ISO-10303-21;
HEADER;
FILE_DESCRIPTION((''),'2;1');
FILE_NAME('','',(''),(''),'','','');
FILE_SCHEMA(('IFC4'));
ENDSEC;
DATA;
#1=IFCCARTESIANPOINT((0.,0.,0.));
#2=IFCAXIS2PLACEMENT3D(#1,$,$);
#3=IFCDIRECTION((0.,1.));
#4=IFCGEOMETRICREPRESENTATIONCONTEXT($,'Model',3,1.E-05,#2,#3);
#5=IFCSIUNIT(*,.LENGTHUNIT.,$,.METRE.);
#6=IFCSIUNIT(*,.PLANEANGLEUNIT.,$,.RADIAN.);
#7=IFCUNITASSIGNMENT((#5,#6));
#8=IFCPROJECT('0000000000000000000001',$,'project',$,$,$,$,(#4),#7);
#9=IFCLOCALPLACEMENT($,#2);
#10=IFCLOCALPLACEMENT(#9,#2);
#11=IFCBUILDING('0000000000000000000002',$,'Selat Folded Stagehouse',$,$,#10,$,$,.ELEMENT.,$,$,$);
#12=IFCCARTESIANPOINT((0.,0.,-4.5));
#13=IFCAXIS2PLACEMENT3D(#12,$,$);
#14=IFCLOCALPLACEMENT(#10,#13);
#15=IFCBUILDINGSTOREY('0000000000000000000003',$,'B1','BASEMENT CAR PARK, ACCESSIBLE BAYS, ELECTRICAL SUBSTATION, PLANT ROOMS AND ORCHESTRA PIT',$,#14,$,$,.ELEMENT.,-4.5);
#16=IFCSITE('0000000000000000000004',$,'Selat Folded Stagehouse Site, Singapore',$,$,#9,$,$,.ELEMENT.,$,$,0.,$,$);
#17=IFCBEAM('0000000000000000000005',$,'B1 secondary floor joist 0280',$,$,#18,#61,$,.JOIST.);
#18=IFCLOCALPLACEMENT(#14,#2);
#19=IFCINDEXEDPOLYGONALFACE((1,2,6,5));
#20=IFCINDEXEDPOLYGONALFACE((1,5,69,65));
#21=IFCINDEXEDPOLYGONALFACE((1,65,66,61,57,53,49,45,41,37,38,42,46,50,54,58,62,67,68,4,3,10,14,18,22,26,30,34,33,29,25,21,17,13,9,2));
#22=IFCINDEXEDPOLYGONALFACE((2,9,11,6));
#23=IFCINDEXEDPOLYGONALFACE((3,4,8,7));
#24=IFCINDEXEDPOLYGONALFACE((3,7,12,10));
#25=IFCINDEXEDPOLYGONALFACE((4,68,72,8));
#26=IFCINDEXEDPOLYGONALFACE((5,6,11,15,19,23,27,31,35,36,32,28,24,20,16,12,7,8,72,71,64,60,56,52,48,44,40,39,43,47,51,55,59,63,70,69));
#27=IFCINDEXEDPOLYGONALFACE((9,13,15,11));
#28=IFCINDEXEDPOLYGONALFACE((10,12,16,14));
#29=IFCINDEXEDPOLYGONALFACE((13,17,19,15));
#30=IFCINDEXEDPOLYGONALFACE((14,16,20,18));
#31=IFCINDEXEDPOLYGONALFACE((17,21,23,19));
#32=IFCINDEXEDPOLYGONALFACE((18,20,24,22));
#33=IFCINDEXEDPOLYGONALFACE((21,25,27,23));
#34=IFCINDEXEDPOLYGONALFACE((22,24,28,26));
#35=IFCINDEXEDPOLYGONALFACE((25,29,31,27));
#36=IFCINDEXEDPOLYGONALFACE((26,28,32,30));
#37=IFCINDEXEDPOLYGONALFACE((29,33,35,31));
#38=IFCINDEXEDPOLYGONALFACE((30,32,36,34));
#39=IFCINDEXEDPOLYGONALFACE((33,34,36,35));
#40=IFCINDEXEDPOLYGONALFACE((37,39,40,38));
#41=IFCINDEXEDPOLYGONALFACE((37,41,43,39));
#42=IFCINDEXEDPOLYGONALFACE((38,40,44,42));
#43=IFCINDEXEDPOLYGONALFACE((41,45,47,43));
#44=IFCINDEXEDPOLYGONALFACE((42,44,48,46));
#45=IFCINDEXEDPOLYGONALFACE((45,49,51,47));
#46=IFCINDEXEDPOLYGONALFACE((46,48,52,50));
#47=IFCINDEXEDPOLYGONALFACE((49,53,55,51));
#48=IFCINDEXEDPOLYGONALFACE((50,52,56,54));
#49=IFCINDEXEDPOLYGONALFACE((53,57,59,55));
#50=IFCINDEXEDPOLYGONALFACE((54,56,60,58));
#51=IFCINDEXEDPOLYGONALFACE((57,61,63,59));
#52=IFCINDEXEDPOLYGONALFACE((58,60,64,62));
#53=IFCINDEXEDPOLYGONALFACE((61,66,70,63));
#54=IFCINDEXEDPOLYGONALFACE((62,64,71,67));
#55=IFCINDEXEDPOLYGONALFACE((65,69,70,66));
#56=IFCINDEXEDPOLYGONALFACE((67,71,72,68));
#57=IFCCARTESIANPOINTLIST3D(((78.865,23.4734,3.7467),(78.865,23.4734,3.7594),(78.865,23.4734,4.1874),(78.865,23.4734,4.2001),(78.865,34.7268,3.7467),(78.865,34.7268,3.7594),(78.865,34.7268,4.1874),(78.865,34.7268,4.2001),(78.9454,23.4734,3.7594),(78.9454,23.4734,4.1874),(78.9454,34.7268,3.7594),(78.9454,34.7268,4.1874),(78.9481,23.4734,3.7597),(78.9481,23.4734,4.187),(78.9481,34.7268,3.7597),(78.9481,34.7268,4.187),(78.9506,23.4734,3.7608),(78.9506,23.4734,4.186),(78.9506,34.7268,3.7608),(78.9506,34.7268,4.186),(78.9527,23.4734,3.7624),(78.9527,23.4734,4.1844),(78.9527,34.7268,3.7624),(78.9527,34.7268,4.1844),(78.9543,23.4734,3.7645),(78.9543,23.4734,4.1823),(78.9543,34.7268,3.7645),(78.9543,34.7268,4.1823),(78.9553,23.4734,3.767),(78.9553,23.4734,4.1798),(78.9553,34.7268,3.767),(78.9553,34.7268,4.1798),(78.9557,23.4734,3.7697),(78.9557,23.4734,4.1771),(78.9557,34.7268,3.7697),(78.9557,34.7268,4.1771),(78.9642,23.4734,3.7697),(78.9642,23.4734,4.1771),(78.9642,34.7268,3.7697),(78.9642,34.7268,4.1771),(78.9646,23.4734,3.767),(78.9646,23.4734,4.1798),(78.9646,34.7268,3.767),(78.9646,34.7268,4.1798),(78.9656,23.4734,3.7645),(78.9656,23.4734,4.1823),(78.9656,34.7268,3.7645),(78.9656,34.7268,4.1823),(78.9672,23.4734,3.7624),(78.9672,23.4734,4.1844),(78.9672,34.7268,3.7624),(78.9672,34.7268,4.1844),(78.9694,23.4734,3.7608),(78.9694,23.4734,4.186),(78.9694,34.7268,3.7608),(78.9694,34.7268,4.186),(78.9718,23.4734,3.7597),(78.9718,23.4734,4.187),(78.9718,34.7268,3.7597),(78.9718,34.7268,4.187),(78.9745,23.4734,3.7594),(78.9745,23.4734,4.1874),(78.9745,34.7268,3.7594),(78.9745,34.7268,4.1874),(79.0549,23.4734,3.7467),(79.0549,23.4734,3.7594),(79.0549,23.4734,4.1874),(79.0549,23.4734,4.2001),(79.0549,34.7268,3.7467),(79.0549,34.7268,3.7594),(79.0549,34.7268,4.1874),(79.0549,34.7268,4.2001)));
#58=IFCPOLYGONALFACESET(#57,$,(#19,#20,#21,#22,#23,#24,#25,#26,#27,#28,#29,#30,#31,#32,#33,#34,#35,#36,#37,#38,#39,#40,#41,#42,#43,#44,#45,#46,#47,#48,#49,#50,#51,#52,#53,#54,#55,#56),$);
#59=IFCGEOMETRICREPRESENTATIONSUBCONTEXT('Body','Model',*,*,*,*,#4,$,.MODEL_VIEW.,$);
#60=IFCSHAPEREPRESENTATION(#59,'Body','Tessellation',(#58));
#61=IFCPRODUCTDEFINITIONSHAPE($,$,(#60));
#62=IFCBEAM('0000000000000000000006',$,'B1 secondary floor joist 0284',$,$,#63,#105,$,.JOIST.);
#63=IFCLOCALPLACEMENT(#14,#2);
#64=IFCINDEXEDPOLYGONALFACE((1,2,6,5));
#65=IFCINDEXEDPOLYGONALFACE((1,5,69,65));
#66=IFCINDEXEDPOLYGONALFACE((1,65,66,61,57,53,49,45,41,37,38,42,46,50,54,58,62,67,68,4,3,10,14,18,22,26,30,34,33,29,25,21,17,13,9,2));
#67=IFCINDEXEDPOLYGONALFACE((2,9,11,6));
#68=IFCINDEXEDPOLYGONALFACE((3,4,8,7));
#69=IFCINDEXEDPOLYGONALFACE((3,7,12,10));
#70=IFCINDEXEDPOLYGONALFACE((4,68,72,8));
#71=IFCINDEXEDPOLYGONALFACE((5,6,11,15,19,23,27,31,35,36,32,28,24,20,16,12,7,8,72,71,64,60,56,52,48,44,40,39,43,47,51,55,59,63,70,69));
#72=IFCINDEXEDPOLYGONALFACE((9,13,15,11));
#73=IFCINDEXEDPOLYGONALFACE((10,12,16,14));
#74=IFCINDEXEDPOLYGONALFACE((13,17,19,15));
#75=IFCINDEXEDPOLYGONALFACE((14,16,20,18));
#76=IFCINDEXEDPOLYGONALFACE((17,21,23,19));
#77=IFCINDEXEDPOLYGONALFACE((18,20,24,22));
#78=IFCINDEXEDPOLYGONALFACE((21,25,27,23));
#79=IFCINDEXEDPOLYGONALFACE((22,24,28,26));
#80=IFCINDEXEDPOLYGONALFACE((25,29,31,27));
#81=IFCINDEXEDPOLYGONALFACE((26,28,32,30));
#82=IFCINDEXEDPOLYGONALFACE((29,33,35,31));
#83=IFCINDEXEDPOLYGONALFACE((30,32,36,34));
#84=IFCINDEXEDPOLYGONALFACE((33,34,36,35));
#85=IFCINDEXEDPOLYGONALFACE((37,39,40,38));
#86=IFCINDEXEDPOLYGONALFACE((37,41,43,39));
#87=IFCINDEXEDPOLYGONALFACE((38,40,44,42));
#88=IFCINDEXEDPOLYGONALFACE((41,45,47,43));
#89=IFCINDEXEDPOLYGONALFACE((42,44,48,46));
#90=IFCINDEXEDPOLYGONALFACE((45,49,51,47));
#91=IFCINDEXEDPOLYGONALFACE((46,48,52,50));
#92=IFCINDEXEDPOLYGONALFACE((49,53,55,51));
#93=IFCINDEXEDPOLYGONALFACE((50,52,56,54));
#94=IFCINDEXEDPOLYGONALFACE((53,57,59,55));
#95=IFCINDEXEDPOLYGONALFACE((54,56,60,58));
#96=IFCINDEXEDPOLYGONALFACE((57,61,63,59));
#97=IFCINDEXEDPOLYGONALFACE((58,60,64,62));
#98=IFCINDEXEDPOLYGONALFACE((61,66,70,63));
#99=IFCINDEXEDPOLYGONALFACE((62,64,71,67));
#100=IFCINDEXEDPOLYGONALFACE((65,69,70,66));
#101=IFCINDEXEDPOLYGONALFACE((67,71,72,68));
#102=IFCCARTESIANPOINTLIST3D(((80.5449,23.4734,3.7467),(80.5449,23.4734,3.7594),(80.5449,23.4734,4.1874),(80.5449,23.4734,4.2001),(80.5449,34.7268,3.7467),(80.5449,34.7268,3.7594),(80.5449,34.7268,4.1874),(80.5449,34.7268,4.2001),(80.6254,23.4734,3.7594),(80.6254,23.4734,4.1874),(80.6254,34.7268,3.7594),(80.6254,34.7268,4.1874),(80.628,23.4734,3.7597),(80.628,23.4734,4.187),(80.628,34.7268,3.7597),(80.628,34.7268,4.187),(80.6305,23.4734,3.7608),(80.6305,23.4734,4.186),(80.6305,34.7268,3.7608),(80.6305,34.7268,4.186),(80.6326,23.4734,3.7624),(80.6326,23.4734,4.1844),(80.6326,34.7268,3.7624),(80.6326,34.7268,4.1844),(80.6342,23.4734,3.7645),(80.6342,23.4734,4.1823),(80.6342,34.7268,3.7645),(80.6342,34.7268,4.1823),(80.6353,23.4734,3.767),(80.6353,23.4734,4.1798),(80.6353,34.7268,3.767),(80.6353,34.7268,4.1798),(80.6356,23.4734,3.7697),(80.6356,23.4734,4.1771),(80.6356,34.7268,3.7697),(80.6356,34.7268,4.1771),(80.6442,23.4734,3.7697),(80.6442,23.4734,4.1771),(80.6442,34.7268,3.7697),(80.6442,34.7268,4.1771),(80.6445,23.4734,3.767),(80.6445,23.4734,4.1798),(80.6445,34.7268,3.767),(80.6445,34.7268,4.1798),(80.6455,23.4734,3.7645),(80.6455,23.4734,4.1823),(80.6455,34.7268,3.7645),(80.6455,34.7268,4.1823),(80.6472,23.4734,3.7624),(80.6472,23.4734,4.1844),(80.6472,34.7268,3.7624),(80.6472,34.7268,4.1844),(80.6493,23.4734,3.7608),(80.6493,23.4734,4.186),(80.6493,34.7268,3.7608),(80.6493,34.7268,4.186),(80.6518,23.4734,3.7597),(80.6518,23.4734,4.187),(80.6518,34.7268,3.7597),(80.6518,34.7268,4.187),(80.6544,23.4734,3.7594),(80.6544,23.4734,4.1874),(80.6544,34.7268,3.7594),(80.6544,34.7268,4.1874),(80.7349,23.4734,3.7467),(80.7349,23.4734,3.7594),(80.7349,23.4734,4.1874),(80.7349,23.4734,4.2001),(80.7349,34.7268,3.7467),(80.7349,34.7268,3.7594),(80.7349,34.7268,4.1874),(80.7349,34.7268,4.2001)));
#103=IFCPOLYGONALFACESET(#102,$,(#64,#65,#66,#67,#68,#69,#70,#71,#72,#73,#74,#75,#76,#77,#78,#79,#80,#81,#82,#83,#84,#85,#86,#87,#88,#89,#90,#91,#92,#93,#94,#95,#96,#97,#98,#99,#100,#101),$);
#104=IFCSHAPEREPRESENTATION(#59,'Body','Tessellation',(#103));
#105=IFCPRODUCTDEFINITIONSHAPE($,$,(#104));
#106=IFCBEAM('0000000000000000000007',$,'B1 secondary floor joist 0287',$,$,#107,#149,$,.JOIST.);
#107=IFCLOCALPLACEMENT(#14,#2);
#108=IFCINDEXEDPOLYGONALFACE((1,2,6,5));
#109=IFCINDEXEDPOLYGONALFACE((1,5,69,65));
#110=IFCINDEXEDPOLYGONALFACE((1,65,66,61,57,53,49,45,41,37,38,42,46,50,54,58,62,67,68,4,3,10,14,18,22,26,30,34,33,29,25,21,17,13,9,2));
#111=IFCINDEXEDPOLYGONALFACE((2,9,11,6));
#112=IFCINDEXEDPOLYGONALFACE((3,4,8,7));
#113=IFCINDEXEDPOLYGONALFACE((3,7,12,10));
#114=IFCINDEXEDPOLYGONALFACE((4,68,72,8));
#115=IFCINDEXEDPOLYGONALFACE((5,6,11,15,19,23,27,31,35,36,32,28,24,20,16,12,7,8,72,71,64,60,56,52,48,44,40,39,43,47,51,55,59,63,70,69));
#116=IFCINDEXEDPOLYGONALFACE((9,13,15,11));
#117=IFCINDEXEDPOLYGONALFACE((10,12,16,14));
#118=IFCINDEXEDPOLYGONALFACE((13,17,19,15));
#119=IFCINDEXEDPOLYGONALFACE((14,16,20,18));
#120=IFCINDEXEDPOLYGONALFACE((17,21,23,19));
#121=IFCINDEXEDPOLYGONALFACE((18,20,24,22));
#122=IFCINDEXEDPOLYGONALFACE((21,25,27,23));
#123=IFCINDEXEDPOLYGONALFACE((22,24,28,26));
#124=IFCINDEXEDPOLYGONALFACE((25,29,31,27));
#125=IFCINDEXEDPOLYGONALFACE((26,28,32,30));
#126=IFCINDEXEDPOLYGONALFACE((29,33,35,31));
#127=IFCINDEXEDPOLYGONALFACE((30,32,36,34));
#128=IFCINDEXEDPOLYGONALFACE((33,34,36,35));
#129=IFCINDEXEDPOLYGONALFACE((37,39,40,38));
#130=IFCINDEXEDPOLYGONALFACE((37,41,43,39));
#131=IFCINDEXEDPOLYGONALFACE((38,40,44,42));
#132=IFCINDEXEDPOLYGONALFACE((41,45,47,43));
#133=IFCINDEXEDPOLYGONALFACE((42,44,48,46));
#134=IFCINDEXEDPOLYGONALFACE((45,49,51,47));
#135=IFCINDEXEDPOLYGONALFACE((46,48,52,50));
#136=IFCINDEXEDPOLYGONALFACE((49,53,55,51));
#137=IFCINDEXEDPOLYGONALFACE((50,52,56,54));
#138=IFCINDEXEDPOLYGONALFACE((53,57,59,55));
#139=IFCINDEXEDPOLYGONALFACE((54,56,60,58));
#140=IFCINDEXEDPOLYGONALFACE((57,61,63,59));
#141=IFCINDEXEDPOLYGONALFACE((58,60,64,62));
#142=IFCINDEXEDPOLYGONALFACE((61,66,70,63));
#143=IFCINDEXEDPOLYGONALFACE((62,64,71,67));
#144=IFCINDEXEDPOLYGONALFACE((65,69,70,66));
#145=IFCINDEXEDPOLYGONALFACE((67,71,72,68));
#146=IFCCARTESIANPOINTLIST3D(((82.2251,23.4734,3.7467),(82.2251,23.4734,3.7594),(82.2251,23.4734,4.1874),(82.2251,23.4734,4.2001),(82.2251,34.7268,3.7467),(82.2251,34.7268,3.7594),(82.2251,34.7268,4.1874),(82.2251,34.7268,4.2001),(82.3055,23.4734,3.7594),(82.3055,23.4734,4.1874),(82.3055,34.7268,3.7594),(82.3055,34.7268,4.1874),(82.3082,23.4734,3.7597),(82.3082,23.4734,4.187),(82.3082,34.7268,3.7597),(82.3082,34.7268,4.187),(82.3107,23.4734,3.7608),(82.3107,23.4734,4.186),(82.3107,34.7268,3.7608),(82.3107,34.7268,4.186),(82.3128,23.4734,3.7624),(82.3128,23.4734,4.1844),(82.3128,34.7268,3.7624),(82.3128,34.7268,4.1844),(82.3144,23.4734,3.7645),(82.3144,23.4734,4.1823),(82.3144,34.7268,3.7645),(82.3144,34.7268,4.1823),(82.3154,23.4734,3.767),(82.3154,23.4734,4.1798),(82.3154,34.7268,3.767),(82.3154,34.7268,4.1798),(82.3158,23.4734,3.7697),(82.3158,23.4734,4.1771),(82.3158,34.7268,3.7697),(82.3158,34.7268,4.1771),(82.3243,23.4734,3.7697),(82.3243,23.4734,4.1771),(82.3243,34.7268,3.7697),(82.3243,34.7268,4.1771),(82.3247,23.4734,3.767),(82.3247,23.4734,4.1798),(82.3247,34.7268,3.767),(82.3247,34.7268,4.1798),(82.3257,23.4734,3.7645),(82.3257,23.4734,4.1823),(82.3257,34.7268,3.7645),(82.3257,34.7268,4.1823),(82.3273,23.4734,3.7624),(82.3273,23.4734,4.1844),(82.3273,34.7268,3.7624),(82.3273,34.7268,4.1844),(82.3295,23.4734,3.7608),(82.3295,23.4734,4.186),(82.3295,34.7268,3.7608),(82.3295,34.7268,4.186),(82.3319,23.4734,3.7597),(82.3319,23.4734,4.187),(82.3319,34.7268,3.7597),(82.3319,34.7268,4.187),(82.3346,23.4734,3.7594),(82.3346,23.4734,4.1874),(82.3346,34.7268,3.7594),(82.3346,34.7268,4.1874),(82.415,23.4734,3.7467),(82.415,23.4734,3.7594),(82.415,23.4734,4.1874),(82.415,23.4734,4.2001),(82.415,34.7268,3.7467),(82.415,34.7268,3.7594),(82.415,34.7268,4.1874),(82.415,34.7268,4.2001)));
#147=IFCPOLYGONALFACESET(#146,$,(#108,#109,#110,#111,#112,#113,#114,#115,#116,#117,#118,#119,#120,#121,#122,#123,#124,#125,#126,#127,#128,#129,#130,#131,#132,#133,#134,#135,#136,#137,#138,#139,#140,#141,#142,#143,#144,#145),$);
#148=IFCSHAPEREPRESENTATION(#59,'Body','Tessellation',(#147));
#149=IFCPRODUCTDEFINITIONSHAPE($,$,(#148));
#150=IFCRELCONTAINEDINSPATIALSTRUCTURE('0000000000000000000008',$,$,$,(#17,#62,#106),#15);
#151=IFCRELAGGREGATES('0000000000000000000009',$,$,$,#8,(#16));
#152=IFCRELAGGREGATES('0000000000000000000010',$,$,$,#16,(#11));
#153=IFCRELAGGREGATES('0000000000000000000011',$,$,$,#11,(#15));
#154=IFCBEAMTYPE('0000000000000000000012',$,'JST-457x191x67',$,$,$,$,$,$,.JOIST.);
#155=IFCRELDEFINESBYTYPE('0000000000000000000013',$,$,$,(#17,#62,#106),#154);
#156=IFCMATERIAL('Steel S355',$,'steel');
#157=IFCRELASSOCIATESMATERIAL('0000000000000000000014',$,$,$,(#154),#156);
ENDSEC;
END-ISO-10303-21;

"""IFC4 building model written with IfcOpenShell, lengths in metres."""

from ifc_helpers import new_model, si_unit, direction, frame, origin, origin_2d, place, context, subcontext, project, spatial, i_section, extrude, material, material_profile, profile_set, type_object, element, save


model = new_model("IFC4")

# Units and contexts
model_context = context("Model", 3, precision=1e-05, world=origin(), true_north=direction((0.0, 1.0)))
body_context = subcontext(model_context, "Body", "Model", "MODEL_VIEW")
ifc_project = project(units=[si_unit("LENGTHUNIT", "METRE"), si_unit("PLANEANGLEUNIT", "RADIAN")], contexts=[model_context])

# Site, building, storey
site_placement = place(None, origin())
site = spatial("IfcSite", under=ifc_project, at=site_placement, Name="Selat Folded Stagehouse Site, Singapore", CompositionType="ELEMENT", RefElevation=0.0)
building_placement = place(site_placement, origin())
building = spatial("IfcBuilding", under=site, at=building_placement, Name="Selat Folded Stagehouse", CompositionType="ELEMENT")
storey_placement = place(building_placement, frame((0.0, 0.0, -4.5)))
storey = spatial("IfcBuildingStorey", under=building, at=storey_placement, Name="B1", Description="BASEMENT CAR PARK, ACCESSIBLE BAYS, ELECTRICAL SUBSTATION, PLANT ROOMS AND ORCHESTRA PIT", CompositionType="ELEMENT", Elevation=-4.5)

# Beams
ifc_material_1 = material(Name="Steel S355", Category="steel")
ifc_material_profile_1 = material_profile(ifc_material_1, i_section(OverallWidth=0.1899, OverallDepth=0.4534, WebThickness=0.0085, FlangeThickness=0.0127, FilletRadius=0.0103, at=origin_2d()), Name="UKB 457x191x67")
ifc_profile_set_1 = profile_set([ifc_material_profile_1], Name="Steel S355")
beam_type_1 = type_object("IfcBeamType", Name="JST-457x191x67", PredefinedType="JOIST", material=ifc_profile_set_1)
for number, where, z_axis, x_axis, name in (
    (1, (78.96, 23.4734, 3.9734), (0.0, 1.0, 0.0), (-1.0, 0.0, 0.0), "B1 secondary floor joist 0280"),
    (2, (80.6399, 23.4734, 3.9734), (0.0, 1.0, 0.0), (-1.0, 0.0, 0.0), "B1 secondary floor joist 0284"),
    (3, (82.3201, 23.4734, 3.9734), (0.0, 1.0, 0.0), (-1.0, 0.0, 0.0), "B1 secondary floor joist 0287"),
):
    element("IfcBeam", number, at=place(storey_placement, frame(where, z_axis=z_axis, x_axis=x_axis)), inside=storey, type_object=beam_type_1, Name=name, PredefinedType="JOIST", context=body_context, shape_type="SweptSolid", body=[
        extrude(i_section(OverallWidth=0.1899, OverallDepth=0.4534, WebThickness=0.0085, FlangeThickness=0.0127, FilletRadius=0.0103, at=origin_2d()), origin(), (0.0, 0.0, 1.0), 11.2534),
    ])

save(model, "model.ifc")
